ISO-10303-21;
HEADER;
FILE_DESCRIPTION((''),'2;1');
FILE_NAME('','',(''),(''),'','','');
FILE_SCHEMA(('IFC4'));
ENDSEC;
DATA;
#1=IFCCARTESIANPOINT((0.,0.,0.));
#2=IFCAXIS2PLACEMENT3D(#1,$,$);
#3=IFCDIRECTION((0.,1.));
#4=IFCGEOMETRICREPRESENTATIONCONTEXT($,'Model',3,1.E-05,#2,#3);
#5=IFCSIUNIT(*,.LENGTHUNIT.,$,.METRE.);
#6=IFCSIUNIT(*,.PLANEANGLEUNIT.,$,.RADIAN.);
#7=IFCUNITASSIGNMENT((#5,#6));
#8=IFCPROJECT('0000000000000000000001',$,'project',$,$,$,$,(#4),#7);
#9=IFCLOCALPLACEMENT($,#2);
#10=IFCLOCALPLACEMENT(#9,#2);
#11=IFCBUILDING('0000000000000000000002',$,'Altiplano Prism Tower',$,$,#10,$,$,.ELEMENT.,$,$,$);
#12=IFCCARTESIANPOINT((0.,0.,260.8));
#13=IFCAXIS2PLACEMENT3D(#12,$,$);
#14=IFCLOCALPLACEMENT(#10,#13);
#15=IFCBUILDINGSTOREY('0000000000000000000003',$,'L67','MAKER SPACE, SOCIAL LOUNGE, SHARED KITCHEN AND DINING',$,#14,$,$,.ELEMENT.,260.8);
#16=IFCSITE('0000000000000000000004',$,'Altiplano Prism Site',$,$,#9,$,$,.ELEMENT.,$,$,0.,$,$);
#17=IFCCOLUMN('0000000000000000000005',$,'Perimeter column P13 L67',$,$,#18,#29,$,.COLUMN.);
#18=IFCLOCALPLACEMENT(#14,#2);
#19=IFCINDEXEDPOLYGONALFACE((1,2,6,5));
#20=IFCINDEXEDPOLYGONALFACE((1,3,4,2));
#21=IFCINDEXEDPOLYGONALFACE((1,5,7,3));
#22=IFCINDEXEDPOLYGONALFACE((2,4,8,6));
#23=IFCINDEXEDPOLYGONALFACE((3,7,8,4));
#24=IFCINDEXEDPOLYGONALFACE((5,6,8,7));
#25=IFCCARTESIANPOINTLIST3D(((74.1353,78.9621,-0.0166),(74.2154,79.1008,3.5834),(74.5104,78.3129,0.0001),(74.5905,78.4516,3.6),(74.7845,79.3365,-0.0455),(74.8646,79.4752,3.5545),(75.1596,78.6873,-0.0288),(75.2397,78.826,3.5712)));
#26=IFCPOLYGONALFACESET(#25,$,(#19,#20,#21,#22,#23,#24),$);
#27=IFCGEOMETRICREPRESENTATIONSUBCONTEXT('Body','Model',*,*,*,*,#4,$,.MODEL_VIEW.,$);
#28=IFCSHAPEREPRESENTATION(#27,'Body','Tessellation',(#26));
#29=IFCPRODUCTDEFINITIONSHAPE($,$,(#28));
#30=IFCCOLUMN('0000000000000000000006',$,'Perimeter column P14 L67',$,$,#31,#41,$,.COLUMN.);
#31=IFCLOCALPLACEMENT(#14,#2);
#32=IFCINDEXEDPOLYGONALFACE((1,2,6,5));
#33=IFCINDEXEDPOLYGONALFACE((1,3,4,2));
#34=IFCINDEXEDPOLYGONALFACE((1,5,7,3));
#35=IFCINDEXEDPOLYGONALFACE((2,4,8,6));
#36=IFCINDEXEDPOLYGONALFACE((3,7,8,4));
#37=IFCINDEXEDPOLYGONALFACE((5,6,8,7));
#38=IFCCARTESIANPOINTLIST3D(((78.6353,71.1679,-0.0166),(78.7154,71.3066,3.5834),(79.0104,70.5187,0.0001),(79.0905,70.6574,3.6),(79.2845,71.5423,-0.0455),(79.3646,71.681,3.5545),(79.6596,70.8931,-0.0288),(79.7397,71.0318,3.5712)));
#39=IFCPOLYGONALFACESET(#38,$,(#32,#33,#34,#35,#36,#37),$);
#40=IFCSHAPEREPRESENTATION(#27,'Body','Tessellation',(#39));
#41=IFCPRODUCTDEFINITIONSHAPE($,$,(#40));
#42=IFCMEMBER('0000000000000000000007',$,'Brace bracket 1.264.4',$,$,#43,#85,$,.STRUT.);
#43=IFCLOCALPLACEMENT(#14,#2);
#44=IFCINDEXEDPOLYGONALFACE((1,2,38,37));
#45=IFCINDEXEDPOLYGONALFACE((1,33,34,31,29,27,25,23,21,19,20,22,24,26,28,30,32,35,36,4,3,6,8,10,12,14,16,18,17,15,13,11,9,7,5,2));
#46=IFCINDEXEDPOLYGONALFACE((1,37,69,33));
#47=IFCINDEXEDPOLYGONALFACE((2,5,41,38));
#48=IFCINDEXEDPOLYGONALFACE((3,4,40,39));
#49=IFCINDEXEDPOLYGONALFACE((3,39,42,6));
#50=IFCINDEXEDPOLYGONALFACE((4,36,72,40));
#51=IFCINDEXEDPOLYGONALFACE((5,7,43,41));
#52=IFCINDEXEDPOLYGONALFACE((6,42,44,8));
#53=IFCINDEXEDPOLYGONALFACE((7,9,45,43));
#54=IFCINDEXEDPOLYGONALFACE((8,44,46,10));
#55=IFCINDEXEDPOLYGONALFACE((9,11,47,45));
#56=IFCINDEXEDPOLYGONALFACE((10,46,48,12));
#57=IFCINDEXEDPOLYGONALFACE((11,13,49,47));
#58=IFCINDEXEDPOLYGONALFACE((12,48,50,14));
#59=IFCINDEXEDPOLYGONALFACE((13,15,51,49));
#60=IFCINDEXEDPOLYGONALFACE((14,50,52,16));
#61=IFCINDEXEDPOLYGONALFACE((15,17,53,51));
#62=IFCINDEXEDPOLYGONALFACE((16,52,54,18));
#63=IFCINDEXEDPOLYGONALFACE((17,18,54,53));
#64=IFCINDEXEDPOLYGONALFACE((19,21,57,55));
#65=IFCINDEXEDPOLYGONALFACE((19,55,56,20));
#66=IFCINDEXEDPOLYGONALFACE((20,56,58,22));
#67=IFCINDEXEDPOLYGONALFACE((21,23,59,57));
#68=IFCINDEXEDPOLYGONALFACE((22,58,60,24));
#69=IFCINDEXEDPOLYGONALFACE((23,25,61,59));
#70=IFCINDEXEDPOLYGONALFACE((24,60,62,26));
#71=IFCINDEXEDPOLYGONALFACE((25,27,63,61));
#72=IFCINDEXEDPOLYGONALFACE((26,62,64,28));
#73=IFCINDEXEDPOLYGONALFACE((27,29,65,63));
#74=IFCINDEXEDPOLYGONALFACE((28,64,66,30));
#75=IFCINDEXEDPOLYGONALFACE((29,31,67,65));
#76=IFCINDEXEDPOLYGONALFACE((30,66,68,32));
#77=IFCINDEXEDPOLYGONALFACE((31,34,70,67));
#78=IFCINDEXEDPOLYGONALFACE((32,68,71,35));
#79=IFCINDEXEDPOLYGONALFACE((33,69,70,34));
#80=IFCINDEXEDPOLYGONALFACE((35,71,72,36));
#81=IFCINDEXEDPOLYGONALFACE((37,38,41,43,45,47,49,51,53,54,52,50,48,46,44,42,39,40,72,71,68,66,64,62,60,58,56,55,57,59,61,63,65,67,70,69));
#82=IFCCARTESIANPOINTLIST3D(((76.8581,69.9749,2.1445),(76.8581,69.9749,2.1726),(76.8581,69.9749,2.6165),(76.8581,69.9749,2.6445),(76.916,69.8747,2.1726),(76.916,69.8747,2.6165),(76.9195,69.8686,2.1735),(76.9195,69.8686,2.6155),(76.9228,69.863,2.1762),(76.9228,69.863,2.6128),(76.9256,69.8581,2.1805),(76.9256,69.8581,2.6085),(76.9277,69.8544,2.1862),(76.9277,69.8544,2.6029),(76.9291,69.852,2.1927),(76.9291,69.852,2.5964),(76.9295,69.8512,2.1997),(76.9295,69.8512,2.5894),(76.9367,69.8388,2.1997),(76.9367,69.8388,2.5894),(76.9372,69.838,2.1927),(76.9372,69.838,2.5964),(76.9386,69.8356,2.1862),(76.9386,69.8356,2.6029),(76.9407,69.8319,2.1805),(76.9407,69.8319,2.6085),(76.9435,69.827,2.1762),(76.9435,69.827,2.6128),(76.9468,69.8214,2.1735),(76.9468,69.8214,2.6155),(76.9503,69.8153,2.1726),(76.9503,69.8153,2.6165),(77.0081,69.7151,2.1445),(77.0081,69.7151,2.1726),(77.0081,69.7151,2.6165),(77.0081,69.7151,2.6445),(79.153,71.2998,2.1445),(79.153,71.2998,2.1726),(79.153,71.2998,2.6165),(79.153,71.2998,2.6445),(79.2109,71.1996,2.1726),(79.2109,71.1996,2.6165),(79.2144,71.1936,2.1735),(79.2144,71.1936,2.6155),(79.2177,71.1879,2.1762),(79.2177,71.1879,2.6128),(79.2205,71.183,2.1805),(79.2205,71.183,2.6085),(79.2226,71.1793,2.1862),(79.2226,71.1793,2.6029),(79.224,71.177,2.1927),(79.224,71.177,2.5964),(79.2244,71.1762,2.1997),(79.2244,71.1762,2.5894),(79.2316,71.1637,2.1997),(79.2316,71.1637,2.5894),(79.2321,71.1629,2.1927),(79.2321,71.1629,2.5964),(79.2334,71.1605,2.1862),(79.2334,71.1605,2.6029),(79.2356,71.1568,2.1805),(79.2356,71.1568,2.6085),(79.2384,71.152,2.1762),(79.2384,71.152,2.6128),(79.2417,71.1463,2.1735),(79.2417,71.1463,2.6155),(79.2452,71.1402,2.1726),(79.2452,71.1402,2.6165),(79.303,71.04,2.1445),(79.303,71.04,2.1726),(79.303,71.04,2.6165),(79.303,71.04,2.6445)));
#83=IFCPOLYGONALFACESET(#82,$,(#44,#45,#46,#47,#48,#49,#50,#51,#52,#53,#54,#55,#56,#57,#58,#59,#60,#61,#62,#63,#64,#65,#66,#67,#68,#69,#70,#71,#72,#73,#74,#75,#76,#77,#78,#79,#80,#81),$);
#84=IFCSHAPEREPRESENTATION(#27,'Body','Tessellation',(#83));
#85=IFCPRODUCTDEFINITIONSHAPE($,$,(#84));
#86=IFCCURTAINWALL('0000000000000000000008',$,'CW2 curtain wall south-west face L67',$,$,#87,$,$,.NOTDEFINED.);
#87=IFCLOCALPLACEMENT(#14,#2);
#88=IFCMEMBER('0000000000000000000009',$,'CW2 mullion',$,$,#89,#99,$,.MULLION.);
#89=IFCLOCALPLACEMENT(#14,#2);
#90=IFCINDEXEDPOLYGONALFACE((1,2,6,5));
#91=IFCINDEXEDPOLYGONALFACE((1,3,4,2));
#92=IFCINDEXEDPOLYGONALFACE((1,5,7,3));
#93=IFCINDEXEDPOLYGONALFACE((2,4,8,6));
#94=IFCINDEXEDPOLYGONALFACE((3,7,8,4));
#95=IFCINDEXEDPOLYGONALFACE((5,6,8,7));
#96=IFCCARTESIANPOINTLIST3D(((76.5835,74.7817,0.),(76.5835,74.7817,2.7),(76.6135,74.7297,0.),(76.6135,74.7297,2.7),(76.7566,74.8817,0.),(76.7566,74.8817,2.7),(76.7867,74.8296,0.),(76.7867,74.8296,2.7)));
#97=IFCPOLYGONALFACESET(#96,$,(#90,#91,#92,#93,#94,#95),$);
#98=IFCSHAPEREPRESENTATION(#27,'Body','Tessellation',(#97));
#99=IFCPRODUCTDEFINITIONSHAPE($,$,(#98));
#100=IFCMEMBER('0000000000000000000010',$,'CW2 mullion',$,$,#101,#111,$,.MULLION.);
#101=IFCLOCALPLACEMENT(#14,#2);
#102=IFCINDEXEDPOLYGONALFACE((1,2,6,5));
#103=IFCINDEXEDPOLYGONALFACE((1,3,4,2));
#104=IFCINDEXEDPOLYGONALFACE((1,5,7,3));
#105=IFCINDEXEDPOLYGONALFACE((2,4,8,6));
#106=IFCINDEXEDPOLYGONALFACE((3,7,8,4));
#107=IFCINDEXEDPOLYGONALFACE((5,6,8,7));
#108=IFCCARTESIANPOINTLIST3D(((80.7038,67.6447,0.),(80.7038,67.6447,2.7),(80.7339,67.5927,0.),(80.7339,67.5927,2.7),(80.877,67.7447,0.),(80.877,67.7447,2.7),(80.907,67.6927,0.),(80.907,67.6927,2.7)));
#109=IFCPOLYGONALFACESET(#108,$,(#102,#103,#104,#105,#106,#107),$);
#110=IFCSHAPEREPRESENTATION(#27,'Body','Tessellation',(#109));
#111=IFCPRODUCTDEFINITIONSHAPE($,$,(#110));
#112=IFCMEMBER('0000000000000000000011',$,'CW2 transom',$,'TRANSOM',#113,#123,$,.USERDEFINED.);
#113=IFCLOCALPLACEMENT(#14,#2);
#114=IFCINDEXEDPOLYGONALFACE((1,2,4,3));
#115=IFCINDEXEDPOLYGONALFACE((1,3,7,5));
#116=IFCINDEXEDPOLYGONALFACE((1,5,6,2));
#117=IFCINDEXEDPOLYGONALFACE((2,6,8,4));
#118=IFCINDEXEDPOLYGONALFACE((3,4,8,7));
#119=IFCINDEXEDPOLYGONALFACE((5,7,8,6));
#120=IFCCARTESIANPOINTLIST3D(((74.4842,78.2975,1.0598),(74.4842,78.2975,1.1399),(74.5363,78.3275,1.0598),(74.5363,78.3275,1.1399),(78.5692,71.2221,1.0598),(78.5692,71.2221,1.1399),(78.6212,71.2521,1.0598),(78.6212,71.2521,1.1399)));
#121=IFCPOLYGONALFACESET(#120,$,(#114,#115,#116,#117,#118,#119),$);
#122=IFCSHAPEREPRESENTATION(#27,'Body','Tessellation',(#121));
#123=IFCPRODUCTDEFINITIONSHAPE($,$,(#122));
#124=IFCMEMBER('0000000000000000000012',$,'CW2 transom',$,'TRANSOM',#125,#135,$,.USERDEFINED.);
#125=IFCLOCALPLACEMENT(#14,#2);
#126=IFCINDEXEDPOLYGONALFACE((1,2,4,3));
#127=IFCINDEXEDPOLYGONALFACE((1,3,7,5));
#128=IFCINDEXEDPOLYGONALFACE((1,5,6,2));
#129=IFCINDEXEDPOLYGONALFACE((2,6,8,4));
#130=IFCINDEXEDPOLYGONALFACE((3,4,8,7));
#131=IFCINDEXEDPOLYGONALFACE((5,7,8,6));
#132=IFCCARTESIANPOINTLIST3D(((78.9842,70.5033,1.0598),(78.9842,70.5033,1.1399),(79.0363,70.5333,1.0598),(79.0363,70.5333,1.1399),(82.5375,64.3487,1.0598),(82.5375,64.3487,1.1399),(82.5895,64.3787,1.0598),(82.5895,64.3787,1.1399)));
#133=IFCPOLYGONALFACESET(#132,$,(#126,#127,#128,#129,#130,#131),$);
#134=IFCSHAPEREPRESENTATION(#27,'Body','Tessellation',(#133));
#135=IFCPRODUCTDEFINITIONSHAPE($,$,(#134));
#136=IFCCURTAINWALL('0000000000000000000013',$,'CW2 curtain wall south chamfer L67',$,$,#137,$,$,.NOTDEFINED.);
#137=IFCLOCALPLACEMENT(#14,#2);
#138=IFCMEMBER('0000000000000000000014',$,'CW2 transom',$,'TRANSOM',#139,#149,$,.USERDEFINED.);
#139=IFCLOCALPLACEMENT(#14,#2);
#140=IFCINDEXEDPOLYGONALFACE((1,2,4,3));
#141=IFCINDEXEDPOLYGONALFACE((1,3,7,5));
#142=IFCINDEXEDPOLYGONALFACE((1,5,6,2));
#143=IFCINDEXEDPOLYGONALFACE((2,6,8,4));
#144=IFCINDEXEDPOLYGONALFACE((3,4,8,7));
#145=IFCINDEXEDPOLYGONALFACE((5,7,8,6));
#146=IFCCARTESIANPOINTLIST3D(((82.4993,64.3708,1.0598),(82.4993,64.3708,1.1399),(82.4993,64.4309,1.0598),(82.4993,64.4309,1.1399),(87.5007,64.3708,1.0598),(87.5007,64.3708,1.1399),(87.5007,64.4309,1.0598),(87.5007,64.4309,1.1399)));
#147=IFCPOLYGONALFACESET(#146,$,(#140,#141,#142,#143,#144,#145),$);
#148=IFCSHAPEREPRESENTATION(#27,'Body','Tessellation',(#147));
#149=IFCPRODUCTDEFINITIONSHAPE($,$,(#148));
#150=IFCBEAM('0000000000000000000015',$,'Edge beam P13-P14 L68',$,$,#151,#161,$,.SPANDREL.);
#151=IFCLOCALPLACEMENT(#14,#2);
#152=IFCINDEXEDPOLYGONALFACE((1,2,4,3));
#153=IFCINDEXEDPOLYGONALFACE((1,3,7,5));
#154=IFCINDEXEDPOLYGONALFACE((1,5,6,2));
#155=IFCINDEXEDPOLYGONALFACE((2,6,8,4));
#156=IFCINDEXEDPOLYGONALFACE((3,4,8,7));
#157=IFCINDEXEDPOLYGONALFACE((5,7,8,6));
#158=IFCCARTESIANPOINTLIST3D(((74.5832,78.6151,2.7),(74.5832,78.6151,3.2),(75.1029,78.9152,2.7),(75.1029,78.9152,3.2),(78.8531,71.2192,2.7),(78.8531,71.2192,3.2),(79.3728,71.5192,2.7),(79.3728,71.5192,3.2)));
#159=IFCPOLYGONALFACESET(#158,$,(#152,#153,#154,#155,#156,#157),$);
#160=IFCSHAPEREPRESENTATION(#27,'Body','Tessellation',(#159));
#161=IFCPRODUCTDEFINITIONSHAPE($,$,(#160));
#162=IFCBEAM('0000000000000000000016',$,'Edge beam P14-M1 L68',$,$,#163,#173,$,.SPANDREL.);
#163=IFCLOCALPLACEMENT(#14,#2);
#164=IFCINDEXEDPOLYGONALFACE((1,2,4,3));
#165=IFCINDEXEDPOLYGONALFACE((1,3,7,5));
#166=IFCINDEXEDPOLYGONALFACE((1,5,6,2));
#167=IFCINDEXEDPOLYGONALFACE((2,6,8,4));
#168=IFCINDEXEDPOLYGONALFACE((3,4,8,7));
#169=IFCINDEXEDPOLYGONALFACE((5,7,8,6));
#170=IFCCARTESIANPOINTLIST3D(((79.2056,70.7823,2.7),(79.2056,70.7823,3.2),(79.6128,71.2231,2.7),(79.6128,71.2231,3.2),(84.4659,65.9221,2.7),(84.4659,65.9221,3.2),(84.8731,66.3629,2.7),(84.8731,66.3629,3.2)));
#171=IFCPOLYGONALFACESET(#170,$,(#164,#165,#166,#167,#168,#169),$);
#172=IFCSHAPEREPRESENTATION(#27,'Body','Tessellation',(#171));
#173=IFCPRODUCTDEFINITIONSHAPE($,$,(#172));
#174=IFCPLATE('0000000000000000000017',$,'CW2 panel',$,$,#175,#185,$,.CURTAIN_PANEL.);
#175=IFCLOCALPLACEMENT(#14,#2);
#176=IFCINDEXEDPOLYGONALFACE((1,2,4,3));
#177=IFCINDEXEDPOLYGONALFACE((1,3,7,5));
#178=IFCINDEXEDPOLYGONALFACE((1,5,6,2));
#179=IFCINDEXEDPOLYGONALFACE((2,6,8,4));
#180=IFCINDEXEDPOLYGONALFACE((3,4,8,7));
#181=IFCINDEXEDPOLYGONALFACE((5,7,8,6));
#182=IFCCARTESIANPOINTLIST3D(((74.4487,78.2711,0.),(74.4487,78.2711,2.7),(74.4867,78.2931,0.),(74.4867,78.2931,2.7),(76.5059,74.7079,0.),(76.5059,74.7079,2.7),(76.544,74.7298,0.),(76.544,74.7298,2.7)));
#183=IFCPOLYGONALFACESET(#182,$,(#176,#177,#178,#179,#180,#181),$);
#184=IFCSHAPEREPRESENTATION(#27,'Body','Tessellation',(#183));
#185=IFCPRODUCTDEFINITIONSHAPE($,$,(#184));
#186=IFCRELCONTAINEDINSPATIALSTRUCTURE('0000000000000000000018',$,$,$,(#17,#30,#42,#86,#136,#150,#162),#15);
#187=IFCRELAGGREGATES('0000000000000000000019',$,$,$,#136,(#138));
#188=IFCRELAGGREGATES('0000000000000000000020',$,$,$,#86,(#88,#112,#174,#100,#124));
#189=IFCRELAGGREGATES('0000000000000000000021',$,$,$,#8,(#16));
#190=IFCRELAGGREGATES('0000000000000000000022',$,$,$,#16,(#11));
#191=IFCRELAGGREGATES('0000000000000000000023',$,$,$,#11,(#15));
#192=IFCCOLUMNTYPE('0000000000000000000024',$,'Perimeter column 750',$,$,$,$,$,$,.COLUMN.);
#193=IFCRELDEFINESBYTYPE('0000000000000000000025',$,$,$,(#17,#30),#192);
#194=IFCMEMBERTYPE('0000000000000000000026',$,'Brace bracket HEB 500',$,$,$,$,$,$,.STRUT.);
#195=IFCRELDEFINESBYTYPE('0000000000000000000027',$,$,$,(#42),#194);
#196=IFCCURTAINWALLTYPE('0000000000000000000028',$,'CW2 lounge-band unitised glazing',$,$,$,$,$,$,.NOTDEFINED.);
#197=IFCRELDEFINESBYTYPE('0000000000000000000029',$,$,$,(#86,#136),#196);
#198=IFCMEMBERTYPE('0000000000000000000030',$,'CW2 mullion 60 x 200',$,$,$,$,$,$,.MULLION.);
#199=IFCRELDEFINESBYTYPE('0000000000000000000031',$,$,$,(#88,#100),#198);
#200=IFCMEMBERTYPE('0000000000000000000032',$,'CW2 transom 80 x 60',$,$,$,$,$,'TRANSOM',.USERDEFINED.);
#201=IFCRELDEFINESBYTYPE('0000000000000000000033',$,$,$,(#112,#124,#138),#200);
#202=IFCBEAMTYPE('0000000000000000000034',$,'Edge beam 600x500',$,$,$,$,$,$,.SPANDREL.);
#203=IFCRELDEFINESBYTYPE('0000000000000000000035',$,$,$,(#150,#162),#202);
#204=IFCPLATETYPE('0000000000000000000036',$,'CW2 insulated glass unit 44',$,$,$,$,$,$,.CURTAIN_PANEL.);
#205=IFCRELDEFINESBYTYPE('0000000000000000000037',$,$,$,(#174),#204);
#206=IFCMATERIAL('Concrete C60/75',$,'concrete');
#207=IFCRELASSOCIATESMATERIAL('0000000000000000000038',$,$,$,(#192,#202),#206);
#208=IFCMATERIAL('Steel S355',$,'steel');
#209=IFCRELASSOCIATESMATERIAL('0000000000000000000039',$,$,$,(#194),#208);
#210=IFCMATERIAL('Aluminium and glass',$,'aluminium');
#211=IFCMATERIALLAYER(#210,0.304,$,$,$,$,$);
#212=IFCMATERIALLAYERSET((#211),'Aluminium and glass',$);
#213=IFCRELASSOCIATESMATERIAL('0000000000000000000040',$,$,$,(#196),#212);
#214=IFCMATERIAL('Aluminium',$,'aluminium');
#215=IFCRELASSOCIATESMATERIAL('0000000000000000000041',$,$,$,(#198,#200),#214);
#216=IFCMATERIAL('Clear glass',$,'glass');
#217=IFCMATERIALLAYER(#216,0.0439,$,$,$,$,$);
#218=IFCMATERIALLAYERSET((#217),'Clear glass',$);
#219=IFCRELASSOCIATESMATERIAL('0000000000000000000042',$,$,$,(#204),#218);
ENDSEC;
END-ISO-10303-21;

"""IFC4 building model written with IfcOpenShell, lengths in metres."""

from ifc_helpers import new_model, si_unit, direction, frame, origin, origin_2d, place, context, subcontext, project, spatial, rectangle, i_section, extrude, material, layer, layer_set, material_profile, profile_set, type_object, element, aggregate, save


model = new_model("IFC4")

# Units and contexts
model_context = context("Model", 3, precision=1e-05, world=origin(), true_north=direction((0.0, 1.0)))
body_context = subcontext(model_context, "Body", "Model", "MODEL_VIEW")
ifc_project = project(units=[si_unit("LENGTHUNIT", "METRE"), si_unit("PLANEANGLEUNIT", "RADIAN")], contexts=[model_context])

# Site, building, storey
site_placement = place(None, origin())
site = spatial("IfcSite", under=ifc_project, at=site_placement, Name="Altiplano Prism Site", CompositionType="ELEMENT", RefElevation=0.0)
building_placement = place(site_placement, origin())
building = spatial("IfcBuilding", under=site, at=building_placement, Name="Altiplano Prism Tower", CompositionType="ELEMENT")
storey_placement = place(building_placement, frame((0.0, 0.0, 260.8)))
storey = spatial("IfcBuildingStorey", under=building, at=storey_placement, Name="L67", Description="MAKER SPACE, SOCIAL LOUNGE, SHARED KITCHEN AND DINING", CompositionType="ELEMENT", Elevation=260.8)

# Columns
ifc_material_1 = material(Name="Concrete C60/75", Category="concrete")
ifc_material_profile_1 = material_profile(ifc_material_1, rectangle(XDim=0.75, YDim=0.75, at=origin_2d()), Name="Perimeter column 750")
ifc_profile_set_1 = profile_set([ifc_material_profile_1], Name="Concrete C60/75")
column_type = type_object("IfcColumnType", Name="Perimeter column 750", PredefinedType="COLUMN", material=ifc_profile_set_1)
for number, where, z_axis, x_axis, name in (
    (1, (74.6475, 78.8247, -0.0227), (0.022223, 0.038483, 0.999012), (-0.865639, -0.499187, 0.038485), "Perimeter column P13 L67"),
    (2, (79.1475, 71.0305, -0.0227), (0.022223, 0.038483, 0.999012), (-0.865639, -0.499187, 0.038485), "Perimeter column P14 L67"),
):
    element("IfcColumn", number, at=place(storey_placement, frame(where, z_axis=z_axis, x_axis=x_axis)), inside=storey, type_object=column_type, Name=name, PredefinedType="COLUMN", context=body_context, shape_type="SweptSolid", body=[
        extrude(rectangle(XDim=0.75, YDim=0.75, at=origin_2d()), origin(), (0.0, 0.0, 1.0), 3.6035),
    ])

# Member
ifc_material_2 = material(Name="Steel S355", Category="steel")
ifc_material_profile_2 = material_profile(ifc_material_2, i_section(OverallWidth=0.3, OverallDepth=0.5, WebThickness=0.0144, FlangeThickness=0.0281, FilletRadius=0.0271, at=origin_2d()), Name="Brace bracket HEB 500")
ifc_profile_set_2 = profile_set([ifc_material_profile_2], Name="Steel S355")
member_type_1 = type_object("IfcMemberType", Name="Brace bracket HEB 500", PredefinedType="STRUT", material=ifc_profile_set_2)
member_1_placement = place(storey_placement, frame((79.228, 71.1699, 2.3945), z_axis=(-0.866029, -0.499994, 0.0), x_axis=(0.499994, -0.866029, 0.0)))
element("IfcMember", 3, at=member_1_placement, inside=storey, type_object=member_type_1, Name="Brace bracket 1.264.4", PredefinedType="STRUT", context=body_context, shape_type="SweptSolid", body=[
    extrude(i_section(OverallWidth=0.3, OverallDepth=0.5, WebThickness=0.0144, FlangeThickness=0.0281, FilletRadius=0.0271, at=origin_2d()), origin(), (0.0, 0.0, 1.0), 2.6499),
])

# Curtain wall, members
ifc_material_3 = material(Name="Aluminium and glass", Category="aluminium")
ifc_layer_1 = layer(ifc_material_3, 0.304)
ifc_layer_set_1 = layer_set([ifc_layer_1], Name="Aluminium and glass")
curtain_wall_type = type_object("IfcCurtainWallType", Name="CW2 lounge-band unitised glazing", PredefinedType="NOTDEFINED", material=ifc_layer_set_1)
curtain_wall_1_placement = place(storey_placement, origin())
curtain_wall_1 = element("IfcCurtainWall", 4, at=curtain_wall_1_placement, inside=storey, type_object=curtain_wall_type, Name="CW2 curtain wall south-west face L67", PredefinedType="NOTDEFINED")
ifc_material_4 = material(Name="Aluminium", Category="aluminium")
ifc_material_profile_3 = material_profile(ifc_material_4, rectangle(XDim=0.2, YDim=0.0601, at=origin_2d()), Name="CW2 mullion 60 x 200")
ifc_profile_set_3 = profile_set([ifc_material_profile_3], Name="Aluminium")
member_type_2 = type_object("IfcMemberType", Name="CW2 mullion 60 x 200", PredefinedType="MULLION", material=ifc_profile_set_3)
member_2_placement = place(storey_placement, frame((76.6851, 74.8057, 0.0), z_axis=(0.0, 0.0, 1.0), x_axis=(0.866025, 0.5, 0.0)))
member_2 = element("IfcMember", 5, at=member_2_placement, type_object=member_type_2, Name="CW2 mullion", PredefinedType="MULLION", context=body_context, shape_type="SweptSolid", body=[
    extrude(rectangle(XDim=0.2, YDim=0.0601, at=origin_2d()), origin(), (0.0, 0.0, 1.0), 2.7),
])
member_3_placement = place(storey_placement, frame((80.8054, 67.6687, 0.0), z_axis=(0.0, 0.0, 1.0), x_axis=(0.866025, 0.5, 0.0)))
member_3 = element("IfcMember", 6, at=member_3_placement, type_object=member_type_2, Name="CW2 mullion", PredefinedType="MULLION", context=body_context, shape_type="SweptSolid", body=[
    extrude(rectangle(XDim=0.2, YDim=0.0601, at=origin_2d()), origin(), (0.0, 0.0, 1.0), 2.7),
])
ifc_material_profile_4 = material_profile(ifc_material_4, rectangle(XDim=0.0601, YDim=0.0801, at=origin_2d()), Name="CW2 transom 80 x 60")
ifc_profile_set_4 = profile_set([ifc_material_profile_4], Name="Aluminium")
member_type_3 = type_object("IfcMemberType", Name="CW2 transom 80 x 60", ElementType="TRANSOM", PredefinedType="USERDEFINED", material=ifc_profile_set_4)
member_4_placement = place(storey_placement, frame((74.5103, 78.3125, 1.0999), z_axis=(0.499996, -0.866028, 0.0), x_axis=(0.866028, 0.499996, 0.0)))
member_4 = element("IfcMember", 7, at=member_4_placement, type_object=member_type_3, Name="CW2 transom", ObjectType="TRANSOM", PredefinedType="USERDEFINED", context=body_context, shape_type="SweptSolid", body=[
    extrude(rectangle(XDim=0.0601, YDim=0.0801, at=origin_2d()), origin(), (0.0, 0.0, 1.0), 8.1699),
])
member_5_placement = place(storey_placement, frame((79.0103, 70.5183, 1.0999), z_axis=(0.499989, -0.866032, 0.0), x_axis=(0.866032, 0.499989, 0.0)))
member_5 = element("IfcMember", 8, at=member_5_placement, type_object=member_type_3, Name="CW2 transom", ObjectType="TRANSOM", PredefinedType="USERDEFINED", context=body_context, shape_type="SweptSolid", body=[
    extrude(rectangle(XDim=0.0601, YDim=0.0801, at=origin_2d()), origin(), (0.0, 0.0, 1.0), 7.1067),
])

# Curtain wall, member
curtain_wall_2_placement = place(storey_placement, origin())
curtain_wall_2 = element("IfcCurtainWall", 9, at=curtain_wall_2_placement, inside=storey, type_object=curtain_wall_type, Name="CW2 curtain wall south chamfer L67", PredefinedType="NOTDEFINED")
member_6_placement = place(storey_placement, frame((82.4993, 64.4009, 1.0999), z_axis=(1.0, 0.0, 0.0), x_axis=(0.0, 1.0, 0.0)))
member_6 = element("IfcMember", 10, at=member_6_placement, type_object=member_type_3, Name="CW2 transom", ObjectType="TRANSOM", PredefinedType="USERDEFINED", context=body_context, shape_type="SweptSolid", body=[
    extrude(rectangle(XDim=0.0601, YDim=0.0801, at=origin_2d()), origin(), (0.0, 0.0, 1.0), 5.0015),
])
aggregate(curtain_wall_2, [member_6])

# Beams
ifc_material_profile_5 = material_profile(ifc_material_1, rectangle(XDim=0.6001, YDim=0.5, at=origin_2d()), Name="Edge beam 600x500")
ifc_profile_set_5 = profile_set([ifc_material_profile_5], Name="Concrete C60/75")
beam_type = type_object("IfcBeamType", Name="Edge beam 600x500", PredefinedType="SPANDREL", material=ifc_profile_set_5)
beam_1_placement = place(storey_placement, frame((74.843, 78.7651, 2.95), z_axis=(0.499995, -0.866028, 0.0), x_axis=(0.866028, 0.499995, 0.0)))
element("IfcBeam", 11, at=beam_1_placement, inside=storey, type_object=beam_type, Name="Edge beam P13-P14 L68", PredefinedType="SPANDREL", context=body_context, shape_type="SweptSolid", body=[
    extrude(rectangle(XDim=0.6001, YDim=0.5, at=origin_2d()), origin(), (0.0, 0.0, 1.0), 8.54),
])
beam_2_placement = place(storey_placement, frame((79.4092, 71.0027, 2.95), z_axis=(0.734491, -0.678618, 0.0), x_axis=(0.678618, 0.734491, 0.0)))
element("IfcBeam", 12, at=beam_2_placement, inside=storey, type_object=beam_type, Name="Edge beam P14-M1 L68", PredefinedType="SPANDREL", context=body_context, shape_type="SweptSolid", body=[
    extrude(rectangle(XDim=0.6001, YDim=0.5, at=origin_2d()), origin(), (0.0, 0.0, 1.0), 7.1619),
])

# Plate
ifc_material_5 = material(Name="Clear glass", Category="glass")
ifc_layer_2 = layer(ifc_material_5, 0.0439)
ifc_layer_set_2 = layer_set([ifc_layer_2], Name="Clear glass")
plate_type = type_object("IfcPlateType", Name="CW2 insulated glass unit 44", PredefinedType="CURTAIN_PANEL", material=ifc_layer_set_2)
plate_1_placement = place(storey_placement, frame((75.4963, 76.5005, 0.0), z_axis=(0.0, 0.0, 1.0), x_axis=(0.5, -0.866025, 0.0)))
plate_1 = element("IfcPlate", 13, at=plate_1_placement, type_object=plate_type, Name="CW2 panel", PredefinedType="CURTAIN_PANEL", context=body_context, shape_type="SweptSolid", body=[
    extrude(rectangle(XDim=4.1145, YDim=0.0439, at=origin_2d()), origin(), (0.0, 0.0, 1.0), 2.7),
])
aggregate(curtain_wall_1, [member_2, member_4, plate_1, member_3, member_5])

save(model, "model.ifc")
